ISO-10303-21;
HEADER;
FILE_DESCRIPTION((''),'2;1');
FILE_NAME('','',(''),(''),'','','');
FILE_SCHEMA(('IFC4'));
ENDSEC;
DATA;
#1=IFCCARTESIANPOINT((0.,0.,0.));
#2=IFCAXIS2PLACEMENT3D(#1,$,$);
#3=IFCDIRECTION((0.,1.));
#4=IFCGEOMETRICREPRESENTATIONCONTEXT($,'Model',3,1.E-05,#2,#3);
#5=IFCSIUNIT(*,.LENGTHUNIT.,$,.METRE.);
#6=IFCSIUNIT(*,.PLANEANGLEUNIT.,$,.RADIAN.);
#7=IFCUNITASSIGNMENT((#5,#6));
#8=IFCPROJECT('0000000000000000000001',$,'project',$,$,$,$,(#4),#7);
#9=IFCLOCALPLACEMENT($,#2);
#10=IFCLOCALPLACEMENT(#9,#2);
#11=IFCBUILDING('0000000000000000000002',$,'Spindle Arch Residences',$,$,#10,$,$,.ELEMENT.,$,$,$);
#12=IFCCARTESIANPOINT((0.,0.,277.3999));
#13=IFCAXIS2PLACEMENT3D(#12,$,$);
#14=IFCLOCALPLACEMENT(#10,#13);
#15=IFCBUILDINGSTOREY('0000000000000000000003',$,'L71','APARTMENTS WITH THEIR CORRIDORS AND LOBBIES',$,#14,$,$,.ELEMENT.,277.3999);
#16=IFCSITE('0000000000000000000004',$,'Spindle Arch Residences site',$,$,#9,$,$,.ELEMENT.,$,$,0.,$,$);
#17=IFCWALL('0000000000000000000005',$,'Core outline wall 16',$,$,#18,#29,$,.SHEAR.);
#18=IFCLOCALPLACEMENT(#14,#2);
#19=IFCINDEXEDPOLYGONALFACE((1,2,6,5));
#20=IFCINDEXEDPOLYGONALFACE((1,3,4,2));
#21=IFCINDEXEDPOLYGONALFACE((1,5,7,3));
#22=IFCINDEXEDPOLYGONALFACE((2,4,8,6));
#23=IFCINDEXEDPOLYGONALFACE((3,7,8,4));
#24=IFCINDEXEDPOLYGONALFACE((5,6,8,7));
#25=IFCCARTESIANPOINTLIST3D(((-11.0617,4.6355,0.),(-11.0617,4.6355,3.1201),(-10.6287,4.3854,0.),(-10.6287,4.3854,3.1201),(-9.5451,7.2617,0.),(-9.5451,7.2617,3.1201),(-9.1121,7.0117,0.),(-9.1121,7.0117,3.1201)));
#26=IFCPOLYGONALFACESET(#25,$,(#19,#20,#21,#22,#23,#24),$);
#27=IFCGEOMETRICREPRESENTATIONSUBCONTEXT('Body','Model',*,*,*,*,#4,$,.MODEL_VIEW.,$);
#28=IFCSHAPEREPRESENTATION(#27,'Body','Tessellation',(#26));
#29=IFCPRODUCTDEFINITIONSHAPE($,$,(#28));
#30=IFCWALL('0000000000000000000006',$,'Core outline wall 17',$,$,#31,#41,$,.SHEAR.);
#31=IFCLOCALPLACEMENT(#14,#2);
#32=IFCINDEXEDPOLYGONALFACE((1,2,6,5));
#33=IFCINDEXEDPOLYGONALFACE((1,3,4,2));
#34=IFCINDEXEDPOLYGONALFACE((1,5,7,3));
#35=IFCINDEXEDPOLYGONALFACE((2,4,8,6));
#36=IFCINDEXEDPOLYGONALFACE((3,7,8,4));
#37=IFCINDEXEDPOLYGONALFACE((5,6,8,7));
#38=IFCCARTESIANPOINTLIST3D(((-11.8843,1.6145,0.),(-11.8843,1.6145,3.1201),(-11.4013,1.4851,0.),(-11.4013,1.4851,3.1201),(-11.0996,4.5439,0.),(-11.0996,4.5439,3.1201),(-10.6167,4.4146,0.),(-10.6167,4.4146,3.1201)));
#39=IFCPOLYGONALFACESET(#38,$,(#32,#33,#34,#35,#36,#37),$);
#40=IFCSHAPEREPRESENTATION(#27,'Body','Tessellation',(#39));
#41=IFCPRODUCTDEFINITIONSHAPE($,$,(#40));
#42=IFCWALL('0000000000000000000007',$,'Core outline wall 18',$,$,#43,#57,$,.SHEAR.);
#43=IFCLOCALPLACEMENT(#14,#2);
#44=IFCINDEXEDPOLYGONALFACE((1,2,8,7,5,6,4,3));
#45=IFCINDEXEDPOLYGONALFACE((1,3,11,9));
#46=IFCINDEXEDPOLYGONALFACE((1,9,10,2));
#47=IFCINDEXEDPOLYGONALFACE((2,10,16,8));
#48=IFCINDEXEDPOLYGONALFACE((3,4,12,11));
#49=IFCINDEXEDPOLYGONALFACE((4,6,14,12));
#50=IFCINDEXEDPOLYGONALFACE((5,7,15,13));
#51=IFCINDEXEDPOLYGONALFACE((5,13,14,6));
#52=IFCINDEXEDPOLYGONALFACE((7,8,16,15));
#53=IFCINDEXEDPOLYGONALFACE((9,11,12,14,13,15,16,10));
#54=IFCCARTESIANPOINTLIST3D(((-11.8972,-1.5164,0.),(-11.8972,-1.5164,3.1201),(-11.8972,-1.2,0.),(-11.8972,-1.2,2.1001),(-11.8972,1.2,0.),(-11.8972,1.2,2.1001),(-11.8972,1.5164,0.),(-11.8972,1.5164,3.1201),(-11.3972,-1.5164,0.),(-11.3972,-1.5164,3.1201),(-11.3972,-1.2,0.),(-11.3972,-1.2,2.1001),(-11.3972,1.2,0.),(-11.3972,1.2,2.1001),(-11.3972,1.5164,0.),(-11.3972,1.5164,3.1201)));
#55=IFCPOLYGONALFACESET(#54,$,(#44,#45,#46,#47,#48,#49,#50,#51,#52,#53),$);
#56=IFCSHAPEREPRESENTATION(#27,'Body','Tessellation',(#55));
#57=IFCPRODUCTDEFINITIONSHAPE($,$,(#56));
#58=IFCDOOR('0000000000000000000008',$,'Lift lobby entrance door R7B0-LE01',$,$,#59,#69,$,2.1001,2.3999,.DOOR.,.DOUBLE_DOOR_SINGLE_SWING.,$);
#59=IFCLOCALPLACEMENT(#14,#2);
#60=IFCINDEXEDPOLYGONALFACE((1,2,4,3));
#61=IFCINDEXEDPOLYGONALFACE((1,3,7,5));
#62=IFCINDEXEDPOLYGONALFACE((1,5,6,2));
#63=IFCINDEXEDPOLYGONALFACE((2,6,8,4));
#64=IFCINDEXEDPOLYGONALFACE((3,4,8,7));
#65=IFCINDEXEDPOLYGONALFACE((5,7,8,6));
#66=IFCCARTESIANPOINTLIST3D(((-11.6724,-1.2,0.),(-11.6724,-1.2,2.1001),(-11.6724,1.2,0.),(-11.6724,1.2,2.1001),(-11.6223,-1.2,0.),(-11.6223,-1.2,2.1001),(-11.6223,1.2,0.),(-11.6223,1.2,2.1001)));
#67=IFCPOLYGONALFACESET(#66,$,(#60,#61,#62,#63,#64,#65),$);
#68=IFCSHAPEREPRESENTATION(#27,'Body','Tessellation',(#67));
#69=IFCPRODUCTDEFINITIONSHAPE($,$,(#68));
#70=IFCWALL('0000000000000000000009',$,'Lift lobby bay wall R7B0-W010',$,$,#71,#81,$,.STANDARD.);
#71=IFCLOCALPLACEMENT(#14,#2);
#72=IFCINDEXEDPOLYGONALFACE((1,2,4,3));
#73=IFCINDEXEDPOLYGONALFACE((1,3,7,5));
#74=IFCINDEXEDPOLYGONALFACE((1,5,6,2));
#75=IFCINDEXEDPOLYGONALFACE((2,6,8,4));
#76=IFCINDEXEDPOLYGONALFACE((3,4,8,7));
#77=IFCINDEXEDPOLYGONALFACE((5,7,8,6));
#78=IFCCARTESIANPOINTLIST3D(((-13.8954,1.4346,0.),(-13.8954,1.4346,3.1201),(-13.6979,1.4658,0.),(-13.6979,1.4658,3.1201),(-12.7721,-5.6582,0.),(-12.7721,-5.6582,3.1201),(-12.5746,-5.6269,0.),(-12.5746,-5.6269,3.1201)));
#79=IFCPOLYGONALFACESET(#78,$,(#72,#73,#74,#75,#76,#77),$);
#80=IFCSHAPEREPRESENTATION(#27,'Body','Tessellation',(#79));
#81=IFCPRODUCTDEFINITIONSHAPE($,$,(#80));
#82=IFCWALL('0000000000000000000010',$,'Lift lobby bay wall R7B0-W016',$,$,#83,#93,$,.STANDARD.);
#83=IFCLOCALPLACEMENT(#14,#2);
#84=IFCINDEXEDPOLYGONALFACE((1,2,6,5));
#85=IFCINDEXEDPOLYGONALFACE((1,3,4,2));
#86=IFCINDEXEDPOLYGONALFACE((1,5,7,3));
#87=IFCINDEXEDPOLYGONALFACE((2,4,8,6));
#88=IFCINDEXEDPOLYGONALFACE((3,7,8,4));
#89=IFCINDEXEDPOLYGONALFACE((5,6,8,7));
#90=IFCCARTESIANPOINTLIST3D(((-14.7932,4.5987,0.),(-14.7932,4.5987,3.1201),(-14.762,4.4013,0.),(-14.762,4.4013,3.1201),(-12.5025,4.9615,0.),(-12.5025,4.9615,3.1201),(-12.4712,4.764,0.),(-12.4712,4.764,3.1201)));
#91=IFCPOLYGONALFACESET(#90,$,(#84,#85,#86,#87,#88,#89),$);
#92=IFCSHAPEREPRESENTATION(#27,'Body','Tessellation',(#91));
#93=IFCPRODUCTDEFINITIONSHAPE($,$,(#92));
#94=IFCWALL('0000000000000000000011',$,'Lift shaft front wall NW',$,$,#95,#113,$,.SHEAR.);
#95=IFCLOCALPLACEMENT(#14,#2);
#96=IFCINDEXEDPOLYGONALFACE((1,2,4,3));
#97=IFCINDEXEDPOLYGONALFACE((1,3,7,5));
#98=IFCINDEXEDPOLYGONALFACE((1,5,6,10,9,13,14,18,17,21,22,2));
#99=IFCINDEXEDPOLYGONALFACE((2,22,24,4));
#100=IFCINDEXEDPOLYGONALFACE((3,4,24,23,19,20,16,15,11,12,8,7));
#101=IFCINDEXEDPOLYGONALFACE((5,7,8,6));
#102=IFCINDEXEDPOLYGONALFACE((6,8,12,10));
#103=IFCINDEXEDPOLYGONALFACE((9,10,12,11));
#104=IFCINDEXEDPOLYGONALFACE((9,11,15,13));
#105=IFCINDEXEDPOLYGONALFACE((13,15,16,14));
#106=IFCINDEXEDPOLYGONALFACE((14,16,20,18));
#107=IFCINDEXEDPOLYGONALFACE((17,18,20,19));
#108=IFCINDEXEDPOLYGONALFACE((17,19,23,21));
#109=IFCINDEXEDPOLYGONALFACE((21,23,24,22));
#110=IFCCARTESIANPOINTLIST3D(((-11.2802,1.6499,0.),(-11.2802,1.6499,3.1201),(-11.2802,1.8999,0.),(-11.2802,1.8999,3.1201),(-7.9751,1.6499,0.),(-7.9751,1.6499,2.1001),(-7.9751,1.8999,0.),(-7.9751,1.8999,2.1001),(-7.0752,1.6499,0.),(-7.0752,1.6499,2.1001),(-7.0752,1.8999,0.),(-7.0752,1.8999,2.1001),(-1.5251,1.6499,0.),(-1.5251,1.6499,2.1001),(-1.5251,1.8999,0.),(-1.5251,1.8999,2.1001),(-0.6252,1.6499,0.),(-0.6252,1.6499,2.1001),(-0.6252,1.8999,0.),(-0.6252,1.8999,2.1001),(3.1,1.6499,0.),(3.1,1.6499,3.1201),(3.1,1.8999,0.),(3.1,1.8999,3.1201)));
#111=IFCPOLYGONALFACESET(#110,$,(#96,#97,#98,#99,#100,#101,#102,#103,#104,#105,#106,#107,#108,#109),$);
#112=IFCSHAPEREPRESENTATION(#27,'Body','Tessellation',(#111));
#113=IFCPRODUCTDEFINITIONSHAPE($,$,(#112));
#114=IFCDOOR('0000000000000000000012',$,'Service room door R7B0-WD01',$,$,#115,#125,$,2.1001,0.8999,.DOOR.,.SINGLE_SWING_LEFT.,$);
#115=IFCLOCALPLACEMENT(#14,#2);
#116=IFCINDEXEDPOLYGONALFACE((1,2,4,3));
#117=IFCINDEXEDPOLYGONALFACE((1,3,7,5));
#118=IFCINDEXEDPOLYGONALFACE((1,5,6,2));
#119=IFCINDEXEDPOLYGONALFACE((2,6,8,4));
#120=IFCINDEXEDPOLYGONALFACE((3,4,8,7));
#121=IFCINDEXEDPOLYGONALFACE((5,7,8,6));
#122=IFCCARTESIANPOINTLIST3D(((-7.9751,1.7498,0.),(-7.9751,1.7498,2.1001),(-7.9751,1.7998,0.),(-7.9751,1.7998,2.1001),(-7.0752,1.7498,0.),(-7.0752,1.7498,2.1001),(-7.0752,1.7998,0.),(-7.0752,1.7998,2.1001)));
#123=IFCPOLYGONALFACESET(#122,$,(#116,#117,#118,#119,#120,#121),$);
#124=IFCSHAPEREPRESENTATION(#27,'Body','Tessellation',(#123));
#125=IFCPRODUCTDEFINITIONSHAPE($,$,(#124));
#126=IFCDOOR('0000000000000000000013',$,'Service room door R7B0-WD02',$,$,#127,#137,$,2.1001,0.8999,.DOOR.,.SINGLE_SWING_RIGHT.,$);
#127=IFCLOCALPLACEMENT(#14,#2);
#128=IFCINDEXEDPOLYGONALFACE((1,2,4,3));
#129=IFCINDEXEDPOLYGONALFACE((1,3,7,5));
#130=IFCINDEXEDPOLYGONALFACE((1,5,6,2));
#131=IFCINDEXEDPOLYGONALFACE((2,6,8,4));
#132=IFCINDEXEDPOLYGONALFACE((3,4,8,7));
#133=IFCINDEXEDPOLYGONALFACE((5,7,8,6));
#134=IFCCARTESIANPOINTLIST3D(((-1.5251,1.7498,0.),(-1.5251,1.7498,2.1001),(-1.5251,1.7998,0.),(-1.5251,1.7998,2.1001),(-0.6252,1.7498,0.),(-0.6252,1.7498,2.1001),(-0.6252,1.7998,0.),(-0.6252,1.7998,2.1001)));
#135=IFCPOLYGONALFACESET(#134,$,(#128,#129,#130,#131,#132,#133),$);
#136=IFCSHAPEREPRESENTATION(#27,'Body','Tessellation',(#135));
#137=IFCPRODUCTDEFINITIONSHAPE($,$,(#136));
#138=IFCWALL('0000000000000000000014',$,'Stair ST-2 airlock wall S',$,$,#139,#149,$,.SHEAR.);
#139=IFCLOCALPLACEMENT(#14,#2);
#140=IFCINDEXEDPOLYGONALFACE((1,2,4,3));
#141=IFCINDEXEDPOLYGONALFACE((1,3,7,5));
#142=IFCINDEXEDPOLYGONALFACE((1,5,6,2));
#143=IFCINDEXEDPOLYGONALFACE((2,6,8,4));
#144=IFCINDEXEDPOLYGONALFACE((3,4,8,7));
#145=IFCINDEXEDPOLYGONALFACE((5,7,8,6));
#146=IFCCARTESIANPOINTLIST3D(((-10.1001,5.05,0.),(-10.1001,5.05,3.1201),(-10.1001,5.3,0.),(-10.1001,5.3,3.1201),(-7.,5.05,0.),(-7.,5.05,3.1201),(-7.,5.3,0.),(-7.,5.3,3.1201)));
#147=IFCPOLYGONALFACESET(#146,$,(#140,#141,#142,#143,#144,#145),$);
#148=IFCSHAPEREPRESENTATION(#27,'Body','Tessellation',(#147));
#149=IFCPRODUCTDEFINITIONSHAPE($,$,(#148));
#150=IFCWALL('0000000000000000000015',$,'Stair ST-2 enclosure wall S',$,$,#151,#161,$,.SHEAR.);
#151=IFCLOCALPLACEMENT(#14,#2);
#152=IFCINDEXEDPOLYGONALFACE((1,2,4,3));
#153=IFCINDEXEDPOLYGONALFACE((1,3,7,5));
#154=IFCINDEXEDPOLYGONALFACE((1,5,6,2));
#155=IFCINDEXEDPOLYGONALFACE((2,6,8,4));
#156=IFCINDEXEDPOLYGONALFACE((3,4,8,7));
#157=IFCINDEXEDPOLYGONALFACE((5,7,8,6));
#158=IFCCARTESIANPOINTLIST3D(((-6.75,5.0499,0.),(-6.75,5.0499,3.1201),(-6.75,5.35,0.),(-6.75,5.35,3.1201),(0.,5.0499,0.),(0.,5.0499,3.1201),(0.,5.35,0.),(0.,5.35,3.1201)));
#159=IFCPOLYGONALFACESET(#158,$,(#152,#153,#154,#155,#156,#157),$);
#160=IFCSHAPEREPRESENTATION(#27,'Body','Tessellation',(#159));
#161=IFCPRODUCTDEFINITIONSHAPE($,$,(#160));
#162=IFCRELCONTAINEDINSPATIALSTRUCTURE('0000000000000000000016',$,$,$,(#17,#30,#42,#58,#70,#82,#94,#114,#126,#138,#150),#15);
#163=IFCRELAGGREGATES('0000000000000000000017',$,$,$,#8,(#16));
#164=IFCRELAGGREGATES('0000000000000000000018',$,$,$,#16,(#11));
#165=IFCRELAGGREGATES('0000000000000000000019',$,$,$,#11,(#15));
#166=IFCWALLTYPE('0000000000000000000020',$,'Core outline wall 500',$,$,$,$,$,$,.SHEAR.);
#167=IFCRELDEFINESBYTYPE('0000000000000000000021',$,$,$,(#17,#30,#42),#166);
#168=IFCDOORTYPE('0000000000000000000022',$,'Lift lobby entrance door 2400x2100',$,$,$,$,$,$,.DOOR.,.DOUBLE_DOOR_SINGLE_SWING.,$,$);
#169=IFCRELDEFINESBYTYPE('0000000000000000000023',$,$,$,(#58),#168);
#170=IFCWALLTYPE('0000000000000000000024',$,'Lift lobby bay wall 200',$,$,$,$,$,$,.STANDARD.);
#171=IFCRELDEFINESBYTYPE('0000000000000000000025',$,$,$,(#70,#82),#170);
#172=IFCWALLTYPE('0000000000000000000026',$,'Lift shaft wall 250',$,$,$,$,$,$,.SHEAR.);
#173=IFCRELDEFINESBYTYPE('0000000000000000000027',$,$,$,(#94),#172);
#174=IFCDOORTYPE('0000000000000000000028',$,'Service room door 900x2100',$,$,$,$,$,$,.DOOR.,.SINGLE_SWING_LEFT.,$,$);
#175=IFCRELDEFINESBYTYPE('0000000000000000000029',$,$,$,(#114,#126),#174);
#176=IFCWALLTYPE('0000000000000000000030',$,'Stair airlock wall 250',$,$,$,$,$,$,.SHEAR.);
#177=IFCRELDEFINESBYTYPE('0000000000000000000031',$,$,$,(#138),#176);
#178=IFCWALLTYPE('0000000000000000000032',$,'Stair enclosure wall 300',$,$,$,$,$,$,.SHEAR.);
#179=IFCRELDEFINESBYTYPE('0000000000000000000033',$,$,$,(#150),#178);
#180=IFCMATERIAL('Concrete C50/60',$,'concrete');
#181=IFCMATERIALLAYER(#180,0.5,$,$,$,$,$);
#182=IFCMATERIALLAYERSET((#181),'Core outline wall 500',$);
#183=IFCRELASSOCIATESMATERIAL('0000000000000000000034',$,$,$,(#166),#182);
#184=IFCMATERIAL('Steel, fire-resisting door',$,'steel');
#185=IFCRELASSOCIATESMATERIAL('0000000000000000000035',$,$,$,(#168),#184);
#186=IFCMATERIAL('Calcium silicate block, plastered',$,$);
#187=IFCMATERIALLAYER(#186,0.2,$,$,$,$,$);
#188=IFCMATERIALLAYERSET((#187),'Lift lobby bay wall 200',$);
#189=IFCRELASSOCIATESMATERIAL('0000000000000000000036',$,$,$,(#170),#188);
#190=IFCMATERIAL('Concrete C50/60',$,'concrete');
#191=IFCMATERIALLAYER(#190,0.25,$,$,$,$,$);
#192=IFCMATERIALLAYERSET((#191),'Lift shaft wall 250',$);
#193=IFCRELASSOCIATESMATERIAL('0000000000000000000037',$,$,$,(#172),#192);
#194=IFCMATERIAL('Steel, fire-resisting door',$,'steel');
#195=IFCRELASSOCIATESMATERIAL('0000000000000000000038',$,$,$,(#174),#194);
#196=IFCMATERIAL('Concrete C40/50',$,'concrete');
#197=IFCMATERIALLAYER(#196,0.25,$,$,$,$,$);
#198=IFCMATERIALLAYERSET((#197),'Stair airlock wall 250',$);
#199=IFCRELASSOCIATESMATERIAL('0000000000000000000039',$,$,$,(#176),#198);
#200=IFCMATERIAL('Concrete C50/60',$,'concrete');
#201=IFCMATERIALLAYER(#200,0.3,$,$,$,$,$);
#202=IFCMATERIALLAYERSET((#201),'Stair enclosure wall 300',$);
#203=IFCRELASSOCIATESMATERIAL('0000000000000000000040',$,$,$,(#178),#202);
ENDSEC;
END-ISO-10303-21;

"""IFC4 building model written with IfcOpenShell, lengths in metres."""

from ifc_helpers import new_model, si_unit, direction, frame, frame_2d, origin, place, context, subcontext, project, spatial, rectangle, extrude, material, layer, layer_set, type_object, element, fill, save


model = new_model("IFC4")

# Units and contexts
model_context = context("Model", 3, precision=1e-05, world=origin(), true_north=direction((0.0, 1.0)))
body_context = subcontext(model_context, "Body", "Model", "MODEL_VIEW")
ifc_project = project(units=[si_unit("LENGTHUNIT", "METRE"), si_unit("PLANEANGLEUNIT", "RADIAN")], contexts=[model_context])

# Site, building, storey
site_placement = place(None, origin())
site = spatial("IfcSite", under=ifc_project, at=site_placement, Name="Spindle Arch Residences site", CompositionType="ELEMENT", RefElevation=0.0)
building_placement = place(site_placement, origin())
building = spatial("IfcBuilding", under=site, at=building_placement, Name="Spindle Arch Residences", CompositionType="ELEMENT")
storey_placement = place(building_placement, frame((0.0, 0.0, 277.3999)))
storey = spatial("IfcBuildingStorey", under=building, at=storey_placement, Name="L71", Description="APARTMENTS WITH THEIR CORRIDORS AND LOBBIES", CompositionType="ELEMENT", Elevation=277.3999)

# Walls
ifc_material_1 = material(Name="Concrete C50/60", Category="concrete")
ifc_layer_1 = layer(ifc_material_1, 0.5)
ifc_layer_set_1 = layer_set([ifc_layer_1], Name="Core outline wall 500")
wall_type_1 = type_object("IfcWallType", Name="Core outline wall 500", PredefinedType="SHEAR", material=ifc_layer_set_1)
for number, where, z_axis, x_axis, name in (
    (1, (-9.3286, 7.1367, 0.0), (0.0, 0.0, 1.0), (-0.500087, -0.865975, 0.0), "Core outline wall 16"),
    (2, (-10.8582, 4.4792, 0.0), (0.0, 0.0, 1.0), (-0.258735, -0.965948, 0.0), "Core outline wall 17"),
):
    element("IfcWall", number, at=place(storey_placement, frame(where, z_axis=z_axis, x_axis=x_axis)), inside=storey, type_object=wall_type_1, Name=name, PredefinedType="SHEAR", context=body_context, shape_type="SweptSolid", body=[
        extrude(rectangle(XDim=3.0327, YDim=0.5, at=frame_2d((1.5164, 0.0))), origin(), (0.0, 0.0, 1.0), 3.1201),
    ])

# Wall, opening, door
wall_1_placement = place(storey_placement, frame((-11.6472, 1.5164, 0.0), z_axis=(0.0, 0.0, 1.0), x_axis=(0.0, -1.0, 0.0)))
wall_1 = element("IfcWall", 3, at=wall_1_placement, inside=storey, type_object=wall_type_1, Name="Core outline wall 18", PredefinedType="SHEAR", context=body_context, shape_type="SweptSolid", body=[
    extrude(rectangle(XDim=3.0327, YDim=0.5, at=frame_2d((1.5164, 0.0))), origin(), (0.0, 0.0, 1.0), 3.1201),
])
opening_1_placement = place(wall_1_placement, frame((0.3164, 0.0, 0.0)))
opening_1 = element("IfcOpeningElement", 4, at=opening_1_placement, cuts=wall_1, PredefinedType="OPENING", context=body_context, shape_type="SweptSolid", body=[
    extrude(rectangle(XDim=2.3999, YDim=2.1001, at=frame_2d((1.2, 1.05))), frame((0.0, 0.26, 0.0), z_axis=(0.0, -1.0, 0.0), x_axis=(1.0, 0.0, 0.0)), (0.0, 0.0, 1.0), 0.52),
])
ifc_material_2 = material(Name="Steel, fire-resisting door", Category="steel")
door_type_1 = type_object("IfcDoorType", Name="Lift lobby entrance door 2400x2100", OperationType="DOUBLE_DOOR_SINGLE_SWING", PredefinedType="DOOR", material=ifc_material_2)
door_1_placement = place(opening_1_placement, origin())
door_1 = element("IfcDoor", 5, at=door_1_placement, inside=storey, type_object=door_type_1, Name="Lift lobby entrance door R7B0-LE01", OperationType="DOUBLE_DOOR_SINGLE_SWING", OverallHeight=2.1001, OverallWidth=2.3999, PredefinedType="DOOR", context=body_context, shape_type="SweptSolid", body=[
    extrude(rectangle(XDim=2.3999, YDim=2.1001, at=frame_2d((1.2, 1.05))), frame((0.0, 0.0249, 0.0), z_axis=(0.0, -1.0, 0.0), x_axis=(1.0, 0.0, 0.0)), (0.0, 0.0, 1.0), 0.05),
])
fill(opening_1, door_1)

# Walls
ifc_material_3 = material(Name="Calcium silicate block, plastered")
ifc_layer_2 = layer(ifc_material_3, 0.2)
ifc_layer_set_2 = layer_set([ifc_layer_2], Name="Lift lobby bay wall 200")
wall_type_2 = type_object("IfcWallType", Name="Lift lobby bay wall 200", PredefinedType="STANDARD", material=ifc_layer_set_2)
wall_2_placement = place(storey_placement, frame((-13.7966, 1.4502, 0.0), z_axis=(0.0, 0.0, 1.0), x_axis=(0.156422, -0.98769, 0.0)))
element("IfcWall", 6, at=wall_2_placement, inside=storey, type_object=wall_type_2, Name="Lift lobby bay wall R7B0-W010", PredefinedType="STANDARD", context=body_context, shape_type="SweptSolid", body=[
    extrude(rectangle(XDim=7.1812, YDim=0.2, at=frame_2d((3.5906, 0.0))), origin(), (0.0, 0.0, 1.0), 3.1201),
])
wall_3_placement = place(storey_placement, frame((-12.4868, 4.8628, 0.0), z_axis=(0.0, 0.0, 1.0), x_axis=(-0.98769, -0.156422, 0.0)))
element("IfcWall", 7, at=wall_3_placement, inside=storey, type_object=wall_type_2, Name="Lift lobby bay wall R7B0-W016", PredefinedType="STANDARD", context=body_context, shape_type="SweptSolid", body=[
    extrude(rectangle(XDim=2.3193, YDim=0.2, at=frame_2d((1.1597, 0.0))), origin(), (0.0, 0.0, 1.0), 3.1201),
])

# Wall, openings, doors
ifc_material_4 = material(Name="Concrete C50/60", Category="concrete")
ifc_layer_3 = layer(ifc_material_4, 0.25)
ifc_layer_set_3 = layer_set([ifc_layer_3], Name="Lift shaft wall 250")
wall_type_3 = type_object("IfcWallType", Name="Lift shaft wall 250", PredefinedType="SHEAR", material=ifc_layer_set_3)
wall_4_placement = place(storey_placement, frame((-11.28, 1.7749, 0.0), z_axis=(0.0, 0.0, 1.0), x_axis=(1.0, 0.0, 0.0)))
wall_4 = element("IfcWall", 8, at=wall_4_placement, inside=storey, type_object=wall_type_3, Name="Lift shaft front wall NW", PredefinedType="SHEAR", context=body_context, shape_type="SweptSolid", body=[
    extrude(rectangle(XDim=14.3801, YDim=0.25, at=frame_2d((7.1899, 0.0))), origin(), (0.0, 0.0, 1.0), 3.1201),
])
opening_2_placement = place(wall_4_placement, frame((3.3049, 0.0, 0.0)))
opening_2 = element("IfcOpeningElement", 9, at=opening_2_placement, cuts=wall_4, PredefinedType="OPENING", context=body_context, shape_type="SweptSolid", body=[
    extrude(rectangle(XDim=0.8999, YDim=2.1001, at=frame_2d((0.45, 1.05))), frame((0.0, 0.135, 0.0), z_axis=(0.0, -1.0, 0.0), x_axis=(1.0, 0.0, 0.0)), (0.0, 0.0, 1.0), 0.27),
])
opening_3_placement = place(wall_4_placement, frame((9.7549, 0.0, 0.0)))
opening_3 = element("IfcOpeningElement", 10, at=opening_3_placement, cuts=wall_4, PredefinedType="OPENING", context=body_context, shape_type="SweptSolid", body=[
    extrude(rectangle(XDim=0.8999, YDim=2.1001, at=frame_2d((0.45, 1.05))), frame((0.0, 0.135, 0.0), z_axis=(0.0, -1.0, 0.0), x_axis=(1.0, 0.0, 0.0)), (0.0, 0.0, 1.0), 0.27),
])
ifc_material_5 = material(Name="Steel, fire-resisting door", Category="steel")
door_type_2 = type_object("IfcDoorType", Name="Service room door 900x2100", OperationType="SINGLE_SWING_LEFT", PredefinedType="DOOR", material=ifc_material_5)
door_2_placement = place(opening_2_placement, origin())
door_2 = element("IfcDoor", 11, at=door_2_placement, inside=storey, type_object=door_type_2, Name="Service room door R7B0-WD01", OperationType="SINGLE_SWING_LEFT", OverallHeight=2.1001, OverallWidth=0.8999, PredefinedType="DOOR", context=body_context, shape_type="SweptSolid", body=[
    extrude(rectangle(XDim=0.8999, YDim=2.1001, at=frame_2d((0.45, 1.05))), frame((0.0, 0.0249, 0.0), z_axis=(0.0, -1.0, 0.0), x_axis=(1.0, 0.0, 0.0)), (0.0, 0.0, 1.0), 0.05),
])
fill(opening_2, door_2)
door_3_placement = place(opening_3_placement, origin())
door_3 = element("IfcDoor", 12, at=door_3_placement, inside=storey, type_object=door_type_2, Name="Service room door R7B0-WD02", OperationType="SINGLE_SWING_RIGHT", OverallHeight=2.1001, OverallWidth=0.8999, PredefinedType="DOOR", context=body_context, shape_type="SweptSolid", body=[
    extrude(rectangle(XDim=0.8999, YDim=2.1001, at=frame_2d((0.45, 1.05))), frame((0.0, 0.0249, 0.0), z_axis=(0.0, -1.0, 0.0), x_axis=(1.0, 0.0, 0.0)), (0.0, 0.0, 1.0), 0.05),
])
fill(opening_3, door_3)

# Walls
ifc_material_6 = material(Name="Concrete C40/50", Category="concrete")
ifc_layer_4 = layer(ifc_material_6, 0.25)
ifc_layer_set_4 = layer_set([ifc_layer_4], Name="Stair airlock wall 250")
wall_type_4 = type_object("IfcWallType", Name="Stair airlock wall 250", PredefinedType="SHEAR", material=ifc_layer_set_4)
wall_5_placement = place(storey_placement, frame((-7.0, 5.175, 0.0), z_axis=(0.0, 0.0, 1.0), x_axis=(-1.0, 0.0, 0.0)))
element("IfcWall", 13, at=wall_5_placement, inside=storey, type_object=wall_type_4, Name="Stair ST-2 airlock wall S", PredefinedType="SHEAR", context=body_context, shape_type="SweptSolid", body=[
    extrude(rectangle(XDim=3.1001, YDim=0.25, at=frame_2d((1.55, 0.0))), origin(), (0.0, 0.0, 1.0), 3.1201),
])
ifc_material_7 = material(Name="Concrete C50/60", Category="concrete")
ifc_layer_5 = layer(ifc_material_7, 0.3)
ifc_layer_set_5 = layer_set([ifc_layer_5], Name="Stair enclosure wall 300")
wall_type_5 = type_object("IfcWallType", Name="Stair enclosure wall 300", PredefinedType="SHEAR", material=ifc_layer_set_5)
wall_6_placement = place(storey_placement, frame((-6.75, 5.2, 0.0), z_axis=(0.0, 0.0, 1.0), x_axis=(1.0, 0.0, 0.0)))
element("IfcWall", 14, at=wall_6_placement, inside=storey, type_object=wall_type_5, Name="Stair ST-2 enclosure wall S", PredefinedType="SHEAR", context=body_context, shape_type="SweptSolid", body=[
    extrude(rectangle(XDim=6.75, YDim=0.3, at=frame_2d((3.375, 0.0))), origin(), (0.0, 0.0, 1.0), 3.1201),
])

save(model, "model.ifc")
